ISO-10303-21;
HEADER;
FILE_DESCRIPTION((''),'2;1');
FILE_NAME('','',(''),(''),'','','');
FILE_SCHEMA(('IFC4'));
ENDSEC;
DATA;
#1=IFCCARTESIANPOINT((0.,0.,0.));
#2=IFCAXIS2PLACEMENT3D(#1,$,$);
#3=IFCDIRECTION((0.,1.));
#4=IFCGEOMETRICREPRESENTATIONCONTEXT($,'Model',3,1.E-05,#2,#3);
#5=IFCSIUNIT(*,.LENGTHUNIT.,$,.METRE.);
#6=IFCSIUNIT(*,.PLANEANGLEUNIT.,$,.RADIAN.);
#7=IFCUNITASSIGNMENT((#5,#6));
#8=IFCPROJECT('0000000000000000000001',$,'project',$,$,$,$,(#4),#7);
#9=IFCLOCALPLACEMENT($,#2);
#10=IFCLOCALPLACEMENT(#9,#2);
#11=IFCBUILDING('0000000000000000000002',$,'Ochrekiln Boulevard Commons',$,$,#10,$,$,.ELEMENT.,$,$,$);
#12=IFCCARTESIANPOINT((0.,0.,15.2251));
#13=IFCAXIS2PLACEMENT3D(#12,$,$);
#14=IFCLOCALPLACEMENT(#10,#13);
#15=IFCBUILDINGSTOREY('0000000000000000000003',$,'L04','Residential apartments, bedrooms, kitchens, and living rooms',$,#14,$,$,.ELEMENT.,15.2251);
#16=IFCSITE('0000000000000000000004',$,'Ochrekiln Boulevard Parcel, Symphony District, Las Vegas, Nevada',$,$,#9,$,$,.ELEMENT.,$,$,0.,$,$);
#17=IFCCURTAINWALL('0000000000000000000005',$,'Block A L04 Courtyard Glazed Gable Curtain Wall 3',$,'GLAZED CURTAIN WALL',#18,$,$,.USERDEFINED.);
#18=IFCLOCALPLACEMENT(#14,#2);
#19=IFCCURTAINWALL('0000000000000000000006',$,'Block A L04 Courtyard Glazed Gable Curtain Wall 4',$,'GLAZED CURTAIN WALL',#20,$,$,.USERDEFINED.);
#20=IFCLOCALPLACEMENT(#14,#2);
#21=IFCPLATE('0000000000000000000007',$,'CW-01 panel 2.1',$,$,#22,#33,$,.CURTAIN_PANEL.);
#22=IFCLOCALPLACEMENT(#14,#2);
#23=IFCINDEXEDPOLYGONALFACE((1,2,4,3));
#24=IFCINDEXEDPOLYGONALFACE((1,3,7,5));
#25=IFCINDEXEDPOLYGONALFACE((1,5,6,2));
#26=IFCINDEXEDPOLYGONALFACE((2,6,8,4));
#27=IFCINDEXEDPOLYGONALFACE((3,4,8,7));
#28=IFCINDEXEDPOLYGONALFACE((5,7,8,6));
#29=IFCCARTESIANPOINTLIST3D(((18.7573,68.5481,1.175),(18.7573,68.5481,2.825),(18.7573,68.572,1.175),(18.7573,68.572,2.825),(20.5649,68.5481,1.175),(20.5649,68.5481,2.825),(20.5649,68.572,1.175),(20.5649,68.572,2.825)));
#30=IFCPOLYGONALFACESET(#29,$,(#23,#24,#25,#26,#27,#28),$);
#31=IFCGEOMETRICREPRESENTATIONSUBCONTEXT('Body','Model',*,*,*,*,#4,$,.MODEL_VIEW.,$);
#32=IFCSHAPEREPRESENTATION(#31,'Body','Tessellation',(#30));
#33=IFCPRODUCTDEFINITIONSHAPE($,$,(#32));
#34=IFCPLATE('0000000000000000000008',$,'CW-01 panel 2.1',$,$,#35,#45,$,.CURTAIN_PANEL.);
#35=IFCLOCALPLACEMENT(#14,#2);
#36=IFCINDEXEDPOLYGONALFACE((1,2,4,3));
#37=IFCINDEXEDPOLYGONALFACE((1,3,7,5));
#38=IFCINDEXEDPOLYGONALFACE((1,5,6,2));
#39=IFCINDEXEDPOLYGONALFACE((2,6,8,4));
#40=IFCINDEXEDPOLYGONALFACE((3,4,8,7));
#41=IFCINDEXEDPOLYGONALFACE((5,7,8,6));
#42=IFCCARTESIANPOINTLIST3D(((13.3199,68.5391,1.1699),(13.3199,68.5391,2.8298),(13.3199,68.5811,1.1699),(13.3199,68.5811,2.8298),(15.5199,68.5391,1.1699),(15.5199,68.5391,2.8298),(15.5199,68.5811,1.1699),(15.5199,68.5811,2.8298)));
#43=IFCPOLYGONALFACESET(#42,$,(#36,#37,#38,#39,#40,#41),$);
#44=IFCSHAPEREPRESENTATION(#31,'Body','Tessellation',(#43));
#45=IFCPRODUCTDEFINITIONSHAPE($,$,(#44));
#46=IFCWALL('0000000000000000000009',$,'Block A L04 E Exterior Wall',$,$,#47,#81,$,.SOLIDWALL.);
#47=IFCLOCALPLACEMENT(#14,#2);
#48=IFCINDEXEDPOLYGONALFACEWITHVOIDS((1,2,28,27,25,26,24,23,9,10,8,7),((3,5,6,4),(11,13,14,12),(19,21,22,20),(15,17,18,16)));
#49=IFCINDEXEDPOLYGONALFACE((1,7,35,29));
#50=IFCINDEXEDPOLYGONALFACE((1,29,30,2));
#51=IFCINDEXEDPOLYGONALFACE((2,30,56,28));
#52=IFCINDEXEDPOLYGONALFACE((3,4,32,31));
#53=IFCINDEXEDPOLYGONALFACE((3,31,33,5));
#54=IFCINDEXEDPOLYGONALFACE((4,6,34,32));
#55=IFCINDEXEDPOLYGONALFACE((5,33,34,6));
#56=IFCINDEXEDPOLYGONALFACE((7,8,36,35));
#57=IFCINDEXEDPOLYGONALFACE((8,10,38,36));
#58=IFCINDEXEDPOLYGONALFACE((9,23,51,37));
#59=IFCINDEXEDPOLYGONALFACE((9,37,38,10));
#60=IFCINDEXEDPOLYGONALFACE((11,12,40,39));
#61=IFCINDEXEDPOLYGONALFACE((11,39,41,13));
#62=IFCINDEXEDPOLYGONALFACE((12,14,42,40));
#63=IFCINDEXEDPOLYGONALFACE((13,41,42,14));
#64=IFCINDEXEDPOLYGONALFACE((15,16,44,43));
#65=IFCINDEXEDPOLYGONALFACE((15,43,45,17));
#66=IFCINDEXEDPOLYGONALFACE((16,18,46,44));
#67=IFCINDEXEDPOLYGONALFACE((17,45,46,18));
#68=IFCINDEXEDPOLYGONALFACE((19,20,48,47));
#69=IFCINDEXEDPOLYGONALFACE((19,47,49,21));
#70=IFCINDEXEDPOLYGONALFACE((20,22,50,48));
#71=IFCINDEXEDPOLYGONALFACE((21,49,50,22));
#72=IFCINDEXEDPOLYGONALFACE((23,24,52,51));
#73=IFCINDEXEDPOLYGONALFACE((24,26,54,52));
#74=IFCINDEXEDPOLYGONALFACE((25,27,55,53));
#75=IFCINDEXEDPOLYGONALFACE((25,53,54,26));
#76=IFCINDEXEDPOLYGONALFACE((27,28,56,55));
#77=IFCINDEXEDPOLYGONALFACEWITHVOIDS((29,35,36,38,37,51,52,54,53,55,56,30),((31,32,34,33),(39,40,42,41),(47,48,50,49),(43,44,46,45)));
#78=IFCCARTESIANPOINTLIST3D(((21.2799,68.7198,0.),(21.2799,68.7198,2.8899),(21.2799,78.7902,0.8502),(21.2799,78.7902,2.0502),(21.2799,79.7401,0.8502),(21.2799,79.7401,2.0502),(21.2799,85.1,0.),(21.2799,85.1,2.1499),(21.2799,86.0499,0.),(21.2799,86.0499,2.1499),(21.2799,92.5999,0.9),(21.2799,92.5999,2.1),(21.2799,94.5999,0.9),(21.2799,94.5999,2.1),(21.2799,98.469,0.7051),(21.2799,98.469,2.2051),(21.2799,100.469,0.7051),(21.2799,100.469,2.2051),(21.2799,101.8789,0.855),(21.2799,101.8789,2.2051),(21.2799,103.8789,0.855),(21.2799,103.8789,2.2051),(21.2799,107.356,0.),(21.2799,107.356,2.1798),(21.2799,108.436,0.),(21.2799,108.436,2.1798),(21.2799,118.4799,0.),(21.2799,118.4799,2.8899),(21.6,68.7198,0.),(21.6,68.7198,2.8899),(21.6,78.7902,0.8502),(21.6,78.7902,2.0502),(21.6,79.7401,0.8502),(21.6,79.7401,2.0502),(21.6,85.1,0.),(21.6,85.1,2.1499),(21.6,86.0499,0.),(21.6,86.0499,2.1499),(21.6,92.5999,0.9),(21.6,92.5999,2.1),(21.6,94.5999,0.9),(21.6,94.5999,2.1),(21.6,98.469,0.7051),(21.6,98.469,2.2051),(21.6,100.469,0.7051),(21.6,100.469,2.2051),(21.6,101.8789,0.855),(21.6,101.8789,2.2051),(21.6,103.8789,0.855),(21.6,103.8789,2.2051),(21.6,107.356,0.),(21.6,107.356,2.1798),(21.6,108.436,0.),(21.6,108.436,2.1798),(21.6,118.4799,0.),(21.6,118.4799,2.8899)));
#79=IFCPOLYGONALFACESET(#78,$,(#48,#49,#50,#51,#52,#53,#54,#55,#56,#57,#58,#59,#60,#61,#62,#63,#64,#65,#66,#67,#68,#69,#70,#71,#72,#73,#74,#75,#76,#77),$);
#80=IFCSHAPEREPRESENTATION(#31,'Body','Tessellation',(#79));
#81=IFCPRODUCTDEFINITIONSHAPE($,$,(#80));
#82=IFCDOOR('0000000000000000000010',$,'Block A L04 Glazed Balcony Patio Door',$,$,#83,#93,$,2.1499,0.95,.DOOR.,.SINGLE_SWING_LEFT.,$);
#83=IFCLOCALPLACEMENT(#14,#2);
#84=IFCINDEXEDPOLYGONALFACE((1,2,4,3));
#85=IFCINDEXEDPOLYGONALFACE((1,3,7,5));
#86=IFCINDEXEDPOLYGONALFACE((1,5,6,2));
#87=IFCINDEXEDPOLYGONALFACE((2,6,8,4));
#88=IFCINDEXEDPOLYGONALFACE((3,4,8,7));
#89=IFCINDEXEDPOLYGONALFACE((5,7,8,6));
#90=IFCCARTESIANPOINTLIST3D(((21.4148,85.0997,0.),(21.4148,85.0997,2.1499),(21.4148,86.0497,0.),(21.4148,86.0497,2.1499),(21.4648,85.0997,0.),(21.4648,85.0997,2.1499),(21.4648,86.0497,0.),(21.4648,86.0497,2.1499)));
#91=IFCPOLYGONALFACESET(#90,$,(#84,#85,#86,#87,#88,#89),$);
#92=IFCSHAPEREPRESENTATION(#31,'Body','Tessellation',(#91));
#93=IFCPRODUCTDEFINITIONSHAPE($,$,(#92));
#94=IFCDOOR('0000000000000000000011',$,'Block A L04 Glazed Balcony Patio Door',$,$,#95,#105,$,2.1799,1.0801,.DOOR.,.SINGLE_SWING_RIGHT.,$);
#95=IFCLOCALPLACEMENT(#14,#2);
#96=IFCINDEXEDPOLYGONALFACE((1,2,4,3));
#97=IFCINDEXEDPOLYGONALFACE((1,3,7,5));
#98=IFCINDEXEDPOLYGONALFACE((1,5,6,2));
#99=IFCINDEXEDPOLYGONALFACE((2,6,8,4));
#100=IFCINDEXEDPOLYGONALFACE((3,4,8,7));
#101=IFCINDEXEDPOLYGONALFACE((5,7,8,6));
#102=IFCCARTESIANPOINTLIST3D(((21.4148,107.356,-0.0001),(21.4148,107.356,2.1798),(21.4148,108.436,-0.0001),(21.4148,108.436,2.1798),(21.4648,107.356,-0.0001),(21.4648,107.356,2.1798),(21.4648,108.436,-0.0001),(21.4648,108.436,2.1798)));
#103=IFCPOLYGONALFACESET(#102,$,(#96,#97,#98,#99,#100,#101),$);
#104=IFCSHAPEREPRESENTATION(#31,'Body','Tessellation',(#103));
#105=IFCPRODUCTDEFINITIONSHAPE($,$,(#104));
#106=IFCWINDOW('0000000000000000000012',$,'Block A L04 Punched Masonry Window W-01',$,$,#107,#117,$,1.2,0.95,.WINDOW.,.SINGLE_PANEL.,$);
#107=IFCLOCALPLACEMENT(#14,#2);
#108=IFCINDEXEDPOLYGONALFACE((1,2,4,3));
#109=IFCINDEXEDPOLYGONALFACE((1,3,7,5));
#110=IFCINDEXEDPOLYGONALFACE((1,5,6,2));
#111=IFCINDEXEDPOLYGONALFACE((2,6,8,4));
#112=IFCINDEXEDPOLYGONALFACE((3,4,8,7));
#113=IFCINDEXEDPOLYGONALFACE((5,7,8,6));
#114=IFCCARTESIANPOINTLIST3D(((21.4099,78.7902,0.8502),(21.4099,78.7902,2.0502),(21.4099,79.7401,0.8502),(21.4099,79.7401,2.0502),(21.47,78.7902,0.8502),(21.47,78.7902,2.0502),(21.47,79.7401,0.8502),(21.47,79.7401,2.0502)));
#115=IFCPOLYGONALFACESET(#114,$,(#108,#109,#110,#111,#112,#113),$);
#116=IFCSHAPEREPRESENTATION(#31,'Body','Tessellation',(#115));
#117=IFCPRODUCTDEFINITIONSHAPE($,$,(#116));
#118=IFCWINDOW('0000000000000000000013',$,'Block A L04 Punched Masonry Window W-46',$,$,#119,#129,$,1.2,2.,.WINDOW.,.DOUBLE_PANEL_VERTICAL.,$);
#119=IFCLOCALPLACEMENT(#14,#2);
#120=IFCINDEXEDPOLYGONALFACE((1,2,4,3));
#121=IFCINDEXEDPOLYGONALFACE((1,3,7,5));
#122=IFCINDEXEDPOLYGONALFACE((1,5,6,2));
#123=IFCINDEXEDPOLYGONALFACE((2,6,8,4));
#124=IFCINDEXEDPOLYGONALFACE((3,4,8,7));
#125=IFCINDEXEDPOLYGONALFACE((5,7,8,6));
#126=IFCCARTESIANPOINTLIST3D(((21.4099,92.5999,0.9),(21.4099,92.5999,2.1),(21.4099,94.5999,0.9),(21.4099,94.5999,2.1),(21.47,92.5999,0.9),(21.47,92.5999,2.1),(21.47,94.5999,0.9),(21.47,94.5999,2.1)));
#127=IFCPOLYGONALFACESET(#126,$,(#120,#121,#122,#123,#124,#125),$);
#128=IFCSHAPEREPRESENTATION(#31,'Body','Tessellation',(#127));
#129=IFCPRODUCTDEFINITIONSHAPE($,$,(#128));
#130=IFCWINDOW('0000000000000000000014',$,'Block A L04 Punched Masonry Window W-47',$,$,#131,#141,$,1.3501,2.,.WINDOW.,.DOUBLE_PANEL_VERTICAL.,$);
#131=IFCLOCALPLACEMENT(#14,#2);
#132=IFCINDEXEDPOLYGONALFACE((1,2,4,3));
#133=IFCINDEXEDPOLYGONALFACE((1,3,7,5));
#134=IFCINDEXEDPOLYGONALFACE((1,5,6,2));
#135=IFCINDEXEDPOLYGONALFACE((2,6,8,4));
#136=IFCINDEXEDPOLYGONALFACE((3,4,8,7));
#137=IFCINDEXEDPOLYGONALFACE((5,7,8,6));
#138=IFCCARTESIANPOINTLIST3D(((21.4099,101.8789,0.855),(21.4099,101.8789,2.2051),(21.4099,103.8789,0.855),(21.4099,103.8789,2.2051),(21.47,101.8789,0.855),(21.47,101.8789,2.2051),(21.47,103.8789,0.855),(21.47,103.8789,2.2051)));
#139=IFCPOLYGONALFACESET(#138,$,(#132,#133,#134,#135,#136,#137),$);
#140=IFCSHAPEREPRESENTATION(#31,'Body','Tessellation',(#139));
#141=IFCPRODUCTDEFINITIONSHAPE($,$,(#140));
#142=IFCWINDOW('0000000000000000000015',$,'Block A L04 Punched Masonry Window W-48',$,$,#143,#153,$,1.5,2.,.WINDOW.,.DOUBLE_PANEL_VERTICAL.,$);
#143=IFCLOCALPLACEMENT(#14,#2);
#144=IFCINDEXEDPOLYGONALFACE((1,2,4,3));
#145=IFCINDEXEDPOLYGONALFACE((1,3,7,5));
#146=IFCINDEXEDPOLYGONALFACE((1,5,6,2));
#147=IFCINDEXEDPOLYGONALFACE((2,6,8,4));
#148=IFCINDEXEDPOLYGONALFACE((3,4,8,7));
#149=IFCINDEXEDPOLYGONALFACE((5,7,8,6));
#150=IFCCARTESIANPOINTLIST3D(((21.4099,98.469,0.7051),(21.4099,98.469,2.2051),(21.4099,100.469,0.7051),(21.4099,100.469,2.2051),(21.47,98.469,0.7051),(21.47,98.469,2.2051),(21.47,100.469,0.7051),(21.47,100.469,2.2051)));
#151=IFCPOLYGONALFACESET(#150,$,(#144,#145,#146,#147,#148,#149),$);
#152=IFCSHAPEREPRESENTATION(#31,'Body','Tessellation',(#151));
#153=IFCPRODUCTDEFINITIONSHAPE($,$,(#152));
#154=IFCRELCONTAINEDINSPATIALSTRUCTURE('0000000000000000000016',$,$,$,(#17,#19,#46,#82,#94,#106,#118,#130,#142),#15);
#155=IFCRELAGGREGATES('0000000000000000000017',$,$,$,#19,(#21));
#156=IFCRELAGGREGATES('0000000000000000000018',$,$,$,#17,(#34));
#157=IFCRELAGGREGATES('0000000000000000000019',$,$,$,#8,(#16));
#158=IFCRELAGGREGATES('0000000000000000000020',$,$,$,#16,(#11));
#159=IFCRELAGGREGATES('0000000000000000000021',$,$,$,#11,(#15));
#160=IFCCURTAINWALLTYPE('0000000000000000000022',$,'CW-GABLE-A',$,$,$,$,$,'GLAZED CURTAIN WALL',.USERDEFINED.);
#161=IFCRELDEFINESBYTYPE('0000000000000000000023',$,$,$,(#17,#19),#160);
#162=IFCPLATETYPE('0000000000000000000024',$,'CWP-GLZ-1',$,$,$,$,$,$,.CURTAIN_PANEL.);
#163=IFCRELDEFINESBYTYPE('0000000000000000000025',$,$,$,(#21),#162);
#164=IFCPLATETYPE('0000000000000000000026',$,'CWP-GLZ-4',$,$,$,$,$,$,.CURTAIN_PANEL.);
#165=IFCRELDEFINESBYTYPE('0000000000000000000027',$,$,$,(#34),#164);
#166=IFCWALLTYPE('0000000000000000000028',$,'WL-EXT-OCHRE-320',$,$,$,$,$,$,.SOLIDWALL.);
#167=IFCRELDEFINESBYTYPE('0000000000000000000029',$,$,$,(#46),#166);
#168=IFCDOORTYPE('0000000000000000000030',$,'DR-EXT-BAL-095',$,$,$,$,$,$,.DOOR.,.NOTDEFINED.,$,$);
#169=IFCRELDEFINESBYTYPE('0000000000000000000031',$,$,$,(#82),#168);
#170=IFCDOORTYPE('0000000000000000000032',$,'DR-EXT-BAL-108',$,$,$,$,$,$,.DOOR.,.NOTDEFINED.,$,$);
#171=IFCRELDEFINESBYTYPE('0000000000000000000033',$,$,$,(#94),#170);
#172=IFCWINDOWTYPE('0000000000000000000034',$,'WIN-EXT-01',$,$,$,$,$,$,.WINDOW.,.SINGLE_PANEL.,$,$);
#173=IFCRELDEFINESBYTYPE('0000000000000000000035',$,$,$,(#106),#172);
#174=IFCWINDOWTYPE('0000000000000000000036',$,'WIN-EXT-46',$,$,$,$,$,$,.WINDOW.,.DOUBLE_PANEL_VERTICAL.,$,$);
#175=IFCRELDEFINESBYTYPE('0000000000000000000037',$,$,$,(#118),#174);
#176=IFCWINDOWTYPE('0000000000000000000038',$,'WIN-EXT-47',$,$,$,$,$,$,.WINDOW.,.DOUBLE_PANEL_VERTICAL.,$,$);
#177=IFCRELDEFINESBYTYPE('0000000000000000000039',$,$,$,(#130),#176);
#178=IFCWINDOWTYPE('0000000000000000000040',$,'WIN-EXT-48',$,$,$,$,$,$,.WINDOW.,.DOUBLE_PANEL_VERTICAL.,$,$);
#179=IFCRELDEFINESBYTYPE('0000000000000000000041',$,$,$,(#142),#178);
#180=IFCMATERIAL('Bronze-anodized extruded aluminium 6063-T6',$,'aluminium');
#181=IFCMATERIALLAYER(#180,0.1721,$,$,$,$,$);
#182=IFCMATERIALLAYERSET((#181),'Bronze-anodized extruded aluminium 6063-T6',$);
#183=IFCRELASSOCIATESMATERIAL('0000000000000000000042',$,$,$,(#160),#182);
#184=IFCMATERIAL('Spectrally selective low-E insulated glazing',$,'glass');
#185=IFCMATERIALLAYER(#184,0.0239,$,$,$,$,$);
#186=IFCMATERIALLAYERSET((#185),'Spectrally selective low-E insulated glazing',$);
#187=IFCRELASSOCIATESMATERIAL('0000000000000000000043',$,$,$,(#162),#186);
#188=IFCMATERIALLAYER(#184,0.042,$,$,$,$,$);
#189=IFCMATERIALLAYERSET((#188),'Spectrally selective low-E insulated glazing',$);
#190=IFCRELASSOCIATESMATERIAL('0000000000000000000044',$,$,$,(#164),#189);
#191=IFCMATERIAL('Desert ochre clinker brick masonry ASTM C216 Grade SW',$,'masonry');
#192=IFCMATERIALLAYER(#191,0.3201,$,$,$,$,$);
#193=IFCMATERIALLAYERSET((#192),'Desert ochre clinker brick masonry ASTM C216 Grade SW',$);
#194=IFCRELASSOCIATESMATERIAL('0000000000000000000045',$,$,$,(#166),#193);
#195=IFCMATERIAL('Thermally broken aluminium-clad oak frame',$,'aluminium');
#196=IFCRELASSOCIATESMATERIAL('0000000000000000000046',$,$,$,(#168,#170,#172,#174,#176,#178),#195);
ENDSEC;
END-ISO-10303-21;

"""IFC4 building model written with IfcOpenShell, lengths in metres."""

from ifc_helpers import new_model, si_unit, direction, frame, frame_2d, origin, origin_2d, place, context, subcontext, project, spatial, rectangle, extrude, material, layer, layer_set, type_object, element, fill, aggregate, save


model = new_model("IFC4")

# Units and contexts
model_context = context("Model", 3, precision=1e-05, world=origin(), true_north=direction((0.0, 1.0)))
body_context = subcontext(model_context, "Body", "Model", "MODEL_VIEW")
ifc_project = project(units=[si_unit("LENGTHUNIT", "METRE"), si_unit("PLANEANGLEUNIT", "RADIAN")], contexts=[model_context])

# Site, building, storey
site_placement = place(None, origin())
site = spatial("IfcSite", under=ifc_project, at=site_placement, Name="Ochrekiln Boulevard Parcel, Symphony District, Las Vegas, Nevada", CompositionType="ELEMENT", RefElevation=0.0)
building_placement = place(site_placement, origin())
building = spatial("IfcBuilding", under=site, at=building_placement, Name="Ochrekiln Boulevard Commons", CompositionType="ELEMENT")
storey_placement = place(building_placement, frame((0.0, 0.0, 15.2251)))
storey = spatial("IfcBuildingStorey", under=building, at=storey_placement, Name="L04", Description="Residential apartments, bedrooms, kitchens, and living rooms", CompositionType="ELEMENT", Elevation=15.2251)

# Curtain wall
ifc_material_1 = material(Name="Bronze-anodized extruded aluminium 6063-T6", Category="aluminium")
ifc_layer_1 = layer(ifc_material_1, 0.1721)
ifc_layer_set_1 = layer_set([ifc_layer_1], Name="Bronze-anodized extruded aluminium 6063-T6")
curtain_wall_type = type_object("IfcCurtainWallType", Name="CW-GABLE-A", ElementType="GLAZED CURTAIN WALL", PredefinedType="USERDEFINED", material=ifc_layer_set_1)
curtain_wall_1_placement = place(storey_placement, origin())
curtain_wall_1 = element("IfcCurtainWall", 1, at=curtain_wall_1_placement, inside=storey, type_object=curtain_wall_type, Name="Block A L04 Courtyard Glazed Gable Curtain Wall 3", ObjectType="GLAZED CURTAIN WALL", PredefinedType="USERDEFINED")

# Curtain wall
curtain_wall_2_placement = place(storey_placement, origin())
curtain_wall_2 = element("IfcCurtainWall", 2, at=curtain_wall_2_placement, inside=storey, type_object=curtain_wall_type, Name="Block A L04 Courtyard Glazed Gable Curtain Wall 4", ObjectType="GLAZED CURTAIN WALL", PredefinedType="USERDEFINED")

# Plates
ifc_material_2 = material(Name="Spectrally selective low-E insulated glazing", Category="glass")
ifc_layer_2 = layer(ifc_material_2, 0.0239)
ifc_layer_set_2 = layer_set([ifc_layer_2], Name="Spectrally selective low-E insulated glazing")
plate_type_1 = type_object("IfcPlateType", Name="CWP-GLZ-1", PredefinedType="CURTAIN_PANEL", material=ifc_layer_set_2)
plate_1_placement = place(storey_placement, frame((19.6611, 68.5601, 1.175), z_axis=(0.0, 0.0, 1.0), x_axis=(1.0, 0.0, 0.0)))
plate_1 = element("IfcPlate", 3, at=plate_1_placement, type_object=plate_type_1, Name="CW-01 panel 2.1", PredefinedType="CURTAIN_PANEL", context=body_context, shape_type="SweptSolid", body=[
    extrude(rectangle(XDim=1.8076, YDim=0.0239, at=origin_2d()), origin(), (0.0, 0.0, 1.0), 1.6499),
])
aggregate(curtain_wall_2, [plate_1])
ifc_layer_3 = layer(ifc_material_2, 0.042)
ifc_layer_set_3 = layer_set([ifc_layer_3], Name="Spectrally selective low-E insulated glazing")
plate_type_2 = type_object("IfcPlateType", Name="CWP-GLZ-4", PredefinedType="CURTAIN_PANEL", material=ifc_layer_set_3)
plate_2_placement = place(storey_placement, frame((14.4199, 68.5601, 1.1699), z_axis=(0.0, 0.0, 1.0), x_axis=(1.0, 0.0, 0.0)))
plate_2 = element("IfcPlate", 4, at=plate_2_placement, type_object=plate_type_2, Name="CW-01 panel 2.1", PredefinedType="CURTAIN_PANEL", context=body_context, shape_type="SweptSolid", body=[
    extrude(rectangle(XDim=2.2, YDim=0.042, at=origin_2d()), origin(), (0.0, 0.0, 1.0), 1.6599),
])
aggregate(curtain_wall_1, [plate_2])

# Wall, openings, doors, windows
ifc_material_3 = material(Name="Desert ochre clinker brick masonry ASTM C216 Grade SW", Category="masonry")
ifc_layer_4 = layer(ifc_material_3, 0.3201)
ifc_layer_set_4 = layer_set([ifc_layer_4], Name="Desert ochre clinker brick masonry ASTM C216 Grade SW")
wall_type = type_object("IfcWallType", Name="WL-EXT-OCHRE-320", PredefinedType="SOLIDWALL", material=ifc_layer_set_4)
wall_placement = place(storey_placement, frame((21.4399, 68.72, 0.0), z_axis=(0.0, 0.0, 1.0), x_axis=(0.0, 1.0, 0.0)))
wall = element("IfcWall", 5, at=wall_placement, inside=storey, type_object=wall_type, Name="Block A L04 E Exterior Wall", PredefinedType="SOLIDWALL", context=body_context, shape_type="SweptSolid", body=[
    extrude(rectangle(XDim=49.76, YDim=0.3201, at=frame_2d((24.8799, 0.0))), origin(), (0.0, 0.0, 1.0), 2.8899),
])
opening_1_placement = place(wall_placement, frame((16.3799, 0.0, 0.0)))
opening_1 = element("IfcOpeningElement", 6, at=opening_1_placement, cuts=wall, PredefinedType="OPENING", context=body_context, shape_type="SweptSolid", body=[
    extrude(rectangle(XDim=0.95, YDim=2.1499, at=frame_2d((0.4751, 1.075))), frame((0.0, 0.1699, 0.0), z_axis=(0.0, -1.0, 0.0), x_axis=(1.0, 0.0, 0.0)), (0.0, 0.0, 1.0), 0.3401),
])
opening_2_placement = place(wall_placement, frame((10.0701, 0.0, 0.8501)))
opening_2 = element("IfcOpeningElement", 7, at=opening_2_placement, cuts=wall, PredefinedType="OPENING", context=body_context, shape_type="SweptSolid", body=[
    extrude(rectangle(XDim=0.95, YDim=1.2, at=frame_2d((0.4751, 0.6001))), frame((0.0, 0.1699, 0.0), z_axis=(0.0, -1.0, 0.0), x_axis=(1.0, 0.0, 0.0)), (0.0, 0.0, 1.0), 0.3401),
])
opening_3_placement = place(wall_placement, frame((23.8799, 0.0, 0.8999)))
opening_3 = element("IfcOpeningElement", 8, at=opening_3_placement, cuts=wall, PredefinedType="OPENING", context=body_context, shape_type="SweptSolid", body=[
    extrude(rectangle(XDim=2.0, YDim=1.2, at=frame_2d((1.0, 0.6001))), frame((0.0, 0.1699, 0.0), z_axis=(0.0, -1.0, 0.0), x_axis=(1.0, 0.0, 0.0)), (0.0, 0.0, 1.0), 0.3401),
])
opening_4_placement = place(wall_placement, frame((33.1589, 0.0, 0.855)))
opening_4 = element("IfcOpeningElement", 9, at=opening_4_placement, cuts=wall, PredefinedType="OPENING", context=body_context, shape_type="SweptSolid", body=[
    extrude(rectangle(XDim=2.0, YDim=1.3501, at=frame_2d((1.0, 0.675))), frame((0.0, 0.1699, 0.0), z_axis=(0.0, -1.0, 0.0), x_axis=(1.0, 0.0, 0.0)), (0.0, 0.0, 1.0), 0.3401),
])
opening_5_placement = place(wall_placement, frame((29.749, 0.0, 0.7051)))
opening_5 = element("IfcOpeningElement", 10, at=opening_5_placement, cuts=wall, PredefinedType="OPENING", context=body_context, shape_type="SweptSolid", body=[
    extrude(rectangle(XDim=2.0, YDim=1.5, at=frame_2d((1.0, 0.75))), frame((0.0, 0.1699, 0.0), z_axis=(0.0, -1.0, 0.0), x_axis=(1.0, 0.0, 0.0)), (0.0, 0.0, 1.0), 0.3401),
])
opening_6_placement = place(wall_placement, frame((38.636, 0.0, 0.0)))
opening_6 = element("IfcOpeningElement", 11, at=opening_6_placement, cuts=wall, PredefinedType="OPENING", context=body_context, shape_type="SweptSolid", body=[
    extrude(rectangle(XDim=1.0801, YDim=2.1799, at=frame_2d((0.54, 1.0898))), frame((0.0, 0.1699, 0.0), z_axis=(0.0, -1.0, 0.0), x_axis=(1.0, 0.0, 0.0)), (0.0, 0.0, 1.0), 0.3401),
])
ifc_material_4 = material(Name="Thermally broken aluminium-clad oak frame", Category="aluminium")
door_type_1 = type_object("IfcDoorType", Name="DR-EXT-BAL-095", OperationType="NOTDEFINED", PredefinedType="DOOR", material=ifc_material_4)
door_1_placement = place(opening_1_placement, frame((0.95, 0.0, 0.0), z_axis=(0.0, 0.0, 1.0), x_axis=(-1.0, 0.0, 0.0)))
door_1 = element("IfcDoor", 12, at=door_1_placement, inside=storey, type_object=door_type_1, Name="Block A L04 Glazed Balcony Patio Door", OperationType="SINGLE_SWING_LEFT", OverallHeight=2.1499, OverallWidth=0.95, PredefinedType="DOOR", context=body_context, shape_type="SweptSolid", body=[
    extrude(rectangle(XDim=0.95, YDim=2.1499, at=frame_2d((0.4751, 1.075))), frame((0.0, 0.0249, 0.0), z_axis=(0.0, -1.0, 0.0), x_axis=(1.0, 0.0, 0.0)), (0.0, 0.0, 1.0), 0.05),
])
fill(opening_1, door_1)
door_type_2 = type_object("IfcDoorType", Name="DR-EXT-BAL-108", OperationType="NOTDEFINED", PredefinedType="DOOR", material=ifc_material_4)
door_2_placement = place(opening_6_placement, frame((1.0801, 0.0, 0.0), z_axis=(0.0, 0.0, 1.0), x_axis=(-1.0, 0.0, 0.0)))
door_2 = element("IfcDoor", 13, at=door_2_placement, inside=storey, type_object=door_type_2, Name="Block A L04 Glazed Balcony Patio Door", OperationType="SINGLE_SWING_RIGHT", OverallHeight=2.1799, OverallWidth=1.0801, PredefinedType="DOOR", context=body_context, shape_type="SweptSolid", body=[
    extrude(rectangle(XDim=1.0801, YDim=2.1799, at=frame_2d((0.54, 1.0898))), frame((0.0, 0.0249, 0.0), z_axis=(0.0, -1.0, 0.0), x_axis=(1.0, 0.0, 0.0)), (0.0, 0.0, 1.0), 0.05),
])
fill(opening_6, door_2)
window_type_1 = type_object("IfcWindowType", Name="WIN-EXT-01", PartitioningType="SINGLE_PANEL", PredefinedType="WINDOW", material=ifc_material_4)
window_1_placement = place(opening_2_placement, origin())
window_1 = element("IfcWindow", 14, at=window_1_placement, inside=storey, type_object=window_type_1, Name="Block A L04 Punched Masonry Window W-01", OverallHeight=1.2, OverallWidth=0.95, PartitioningType="SINGLE_PANEL", PredefinedType="WINDOW", context=body_context, shape_type="SweptSolid", body=[
    extrude(rectangle(XDim=0.95, YDim=1.2, at=frame_2d((0.4751, 0.6001))), frame((0.0, 0.03, 0.0), z_axis=(0.0, -1.0, 0.0), x_axis=(1.0, 0.0, 0.0)), (0.0, 0.0, 1.0), 0.0601),
])
fill(opening_2, window_1)
window_type_2 = type_object("IfcWindowType", Name="WIN-EXT-46", PartitioningType="DOUBLE_PANEL_VERTICAL", PredefinedType="WINDOW", material=ifc_material_4)
window_2_placement = place(opening_3_placement, origin())
window_2 = element("IfcWindow", 15, at=window_2_placement, inside=storey, type_object=window_type_2, Name="Block A L04 Punched Masonry Window W-46", OverallHeight=1.2, OverallWidth=2.0, PartitioningType="DOUBLE_PANEL_VERTICAL", PredefinedType="WINDOW", context=body_context, shape_type="SweptSolid", body=[
    extrude(rectangle(XDim=2.0, YDim=1.2, at=frame_2d((1.0, 0.6001))), frame((0.0, 0.03, 0.0), z_axis=(0.0, -1.0, 0.0), x_axis=(1.0, 0.0, 0.0)), (0.0, 0.0, 1.0), 0.0601),
])
fill(opening_3, window_2)
window_type_3 = type_object("IfcWindowType", Name="WIN-EXT-47", PartitioningType="DOUBLE_PANEL_VERTICAL", PredefinedType="WINDOW", material=ifc_material_4)
window_3_placement = place(opening_4_placement, origin())
window_3 = element("IfcWindow", 16, at=window_3_placement, inside=storey, type_object=window_type_3, Name="Block A L04 Punched Masonry Window W-47", OverallHeight=1.3501, OverallWidth=2.0, PartitioningType="DOUBLE_PANEL_VERTICAL", PredefinedType="WINDOW", context=body_context, shape_type="SweptSolid", body=[
    extrude(rectangle(XDim=2.0, YDim=1.3501, at=frame_2d((1.0, 0.675))), frame((0.0, 0.03, 0.0), z_axis=(0.0, -1.0, 0.0), x_axis=(1.0, 0.0, 0.0)), (0.0, 0.0, 1.0), 0.0601),
])
fill(opening_4, window_3)
window_type_4 = type_object("IfcWindowType", Name="WIN-EXT-48", PartitioningType="DOUBLE_PANEL_VERTICAL", PredefinedType="WINDOW", material=ifc_material_4)
window_4_placement = place(opening_5_placement, origin())
window_4 = element("IfcWindow", 17, at=window_4_placement, inside=storey, type_object=window_type_4, Name="Block A L04 Punched Masonry Window W-48", OverallHeight=1.5, OverallWidth=2.0, PartitioningType="DOUBLE_PANEL_VERTICAL", PredefinedType="WINDOW", context=body_context, shape_type="SweptSolid", body=[
    extrude(rectangle(XDim=2.0, YDim=1.5, at=frame_2d((1.0, 0.75))), frame((0.0, 0.03, 0.0), z_axis=(0.0, -1.0, 0.0), x_axis=(1.0, 0.0, 0.0)), (0.0, 0.0, 1.0), 0.0601),
])
fill(opening_5, window_4)

save(model, "model.ifc")
